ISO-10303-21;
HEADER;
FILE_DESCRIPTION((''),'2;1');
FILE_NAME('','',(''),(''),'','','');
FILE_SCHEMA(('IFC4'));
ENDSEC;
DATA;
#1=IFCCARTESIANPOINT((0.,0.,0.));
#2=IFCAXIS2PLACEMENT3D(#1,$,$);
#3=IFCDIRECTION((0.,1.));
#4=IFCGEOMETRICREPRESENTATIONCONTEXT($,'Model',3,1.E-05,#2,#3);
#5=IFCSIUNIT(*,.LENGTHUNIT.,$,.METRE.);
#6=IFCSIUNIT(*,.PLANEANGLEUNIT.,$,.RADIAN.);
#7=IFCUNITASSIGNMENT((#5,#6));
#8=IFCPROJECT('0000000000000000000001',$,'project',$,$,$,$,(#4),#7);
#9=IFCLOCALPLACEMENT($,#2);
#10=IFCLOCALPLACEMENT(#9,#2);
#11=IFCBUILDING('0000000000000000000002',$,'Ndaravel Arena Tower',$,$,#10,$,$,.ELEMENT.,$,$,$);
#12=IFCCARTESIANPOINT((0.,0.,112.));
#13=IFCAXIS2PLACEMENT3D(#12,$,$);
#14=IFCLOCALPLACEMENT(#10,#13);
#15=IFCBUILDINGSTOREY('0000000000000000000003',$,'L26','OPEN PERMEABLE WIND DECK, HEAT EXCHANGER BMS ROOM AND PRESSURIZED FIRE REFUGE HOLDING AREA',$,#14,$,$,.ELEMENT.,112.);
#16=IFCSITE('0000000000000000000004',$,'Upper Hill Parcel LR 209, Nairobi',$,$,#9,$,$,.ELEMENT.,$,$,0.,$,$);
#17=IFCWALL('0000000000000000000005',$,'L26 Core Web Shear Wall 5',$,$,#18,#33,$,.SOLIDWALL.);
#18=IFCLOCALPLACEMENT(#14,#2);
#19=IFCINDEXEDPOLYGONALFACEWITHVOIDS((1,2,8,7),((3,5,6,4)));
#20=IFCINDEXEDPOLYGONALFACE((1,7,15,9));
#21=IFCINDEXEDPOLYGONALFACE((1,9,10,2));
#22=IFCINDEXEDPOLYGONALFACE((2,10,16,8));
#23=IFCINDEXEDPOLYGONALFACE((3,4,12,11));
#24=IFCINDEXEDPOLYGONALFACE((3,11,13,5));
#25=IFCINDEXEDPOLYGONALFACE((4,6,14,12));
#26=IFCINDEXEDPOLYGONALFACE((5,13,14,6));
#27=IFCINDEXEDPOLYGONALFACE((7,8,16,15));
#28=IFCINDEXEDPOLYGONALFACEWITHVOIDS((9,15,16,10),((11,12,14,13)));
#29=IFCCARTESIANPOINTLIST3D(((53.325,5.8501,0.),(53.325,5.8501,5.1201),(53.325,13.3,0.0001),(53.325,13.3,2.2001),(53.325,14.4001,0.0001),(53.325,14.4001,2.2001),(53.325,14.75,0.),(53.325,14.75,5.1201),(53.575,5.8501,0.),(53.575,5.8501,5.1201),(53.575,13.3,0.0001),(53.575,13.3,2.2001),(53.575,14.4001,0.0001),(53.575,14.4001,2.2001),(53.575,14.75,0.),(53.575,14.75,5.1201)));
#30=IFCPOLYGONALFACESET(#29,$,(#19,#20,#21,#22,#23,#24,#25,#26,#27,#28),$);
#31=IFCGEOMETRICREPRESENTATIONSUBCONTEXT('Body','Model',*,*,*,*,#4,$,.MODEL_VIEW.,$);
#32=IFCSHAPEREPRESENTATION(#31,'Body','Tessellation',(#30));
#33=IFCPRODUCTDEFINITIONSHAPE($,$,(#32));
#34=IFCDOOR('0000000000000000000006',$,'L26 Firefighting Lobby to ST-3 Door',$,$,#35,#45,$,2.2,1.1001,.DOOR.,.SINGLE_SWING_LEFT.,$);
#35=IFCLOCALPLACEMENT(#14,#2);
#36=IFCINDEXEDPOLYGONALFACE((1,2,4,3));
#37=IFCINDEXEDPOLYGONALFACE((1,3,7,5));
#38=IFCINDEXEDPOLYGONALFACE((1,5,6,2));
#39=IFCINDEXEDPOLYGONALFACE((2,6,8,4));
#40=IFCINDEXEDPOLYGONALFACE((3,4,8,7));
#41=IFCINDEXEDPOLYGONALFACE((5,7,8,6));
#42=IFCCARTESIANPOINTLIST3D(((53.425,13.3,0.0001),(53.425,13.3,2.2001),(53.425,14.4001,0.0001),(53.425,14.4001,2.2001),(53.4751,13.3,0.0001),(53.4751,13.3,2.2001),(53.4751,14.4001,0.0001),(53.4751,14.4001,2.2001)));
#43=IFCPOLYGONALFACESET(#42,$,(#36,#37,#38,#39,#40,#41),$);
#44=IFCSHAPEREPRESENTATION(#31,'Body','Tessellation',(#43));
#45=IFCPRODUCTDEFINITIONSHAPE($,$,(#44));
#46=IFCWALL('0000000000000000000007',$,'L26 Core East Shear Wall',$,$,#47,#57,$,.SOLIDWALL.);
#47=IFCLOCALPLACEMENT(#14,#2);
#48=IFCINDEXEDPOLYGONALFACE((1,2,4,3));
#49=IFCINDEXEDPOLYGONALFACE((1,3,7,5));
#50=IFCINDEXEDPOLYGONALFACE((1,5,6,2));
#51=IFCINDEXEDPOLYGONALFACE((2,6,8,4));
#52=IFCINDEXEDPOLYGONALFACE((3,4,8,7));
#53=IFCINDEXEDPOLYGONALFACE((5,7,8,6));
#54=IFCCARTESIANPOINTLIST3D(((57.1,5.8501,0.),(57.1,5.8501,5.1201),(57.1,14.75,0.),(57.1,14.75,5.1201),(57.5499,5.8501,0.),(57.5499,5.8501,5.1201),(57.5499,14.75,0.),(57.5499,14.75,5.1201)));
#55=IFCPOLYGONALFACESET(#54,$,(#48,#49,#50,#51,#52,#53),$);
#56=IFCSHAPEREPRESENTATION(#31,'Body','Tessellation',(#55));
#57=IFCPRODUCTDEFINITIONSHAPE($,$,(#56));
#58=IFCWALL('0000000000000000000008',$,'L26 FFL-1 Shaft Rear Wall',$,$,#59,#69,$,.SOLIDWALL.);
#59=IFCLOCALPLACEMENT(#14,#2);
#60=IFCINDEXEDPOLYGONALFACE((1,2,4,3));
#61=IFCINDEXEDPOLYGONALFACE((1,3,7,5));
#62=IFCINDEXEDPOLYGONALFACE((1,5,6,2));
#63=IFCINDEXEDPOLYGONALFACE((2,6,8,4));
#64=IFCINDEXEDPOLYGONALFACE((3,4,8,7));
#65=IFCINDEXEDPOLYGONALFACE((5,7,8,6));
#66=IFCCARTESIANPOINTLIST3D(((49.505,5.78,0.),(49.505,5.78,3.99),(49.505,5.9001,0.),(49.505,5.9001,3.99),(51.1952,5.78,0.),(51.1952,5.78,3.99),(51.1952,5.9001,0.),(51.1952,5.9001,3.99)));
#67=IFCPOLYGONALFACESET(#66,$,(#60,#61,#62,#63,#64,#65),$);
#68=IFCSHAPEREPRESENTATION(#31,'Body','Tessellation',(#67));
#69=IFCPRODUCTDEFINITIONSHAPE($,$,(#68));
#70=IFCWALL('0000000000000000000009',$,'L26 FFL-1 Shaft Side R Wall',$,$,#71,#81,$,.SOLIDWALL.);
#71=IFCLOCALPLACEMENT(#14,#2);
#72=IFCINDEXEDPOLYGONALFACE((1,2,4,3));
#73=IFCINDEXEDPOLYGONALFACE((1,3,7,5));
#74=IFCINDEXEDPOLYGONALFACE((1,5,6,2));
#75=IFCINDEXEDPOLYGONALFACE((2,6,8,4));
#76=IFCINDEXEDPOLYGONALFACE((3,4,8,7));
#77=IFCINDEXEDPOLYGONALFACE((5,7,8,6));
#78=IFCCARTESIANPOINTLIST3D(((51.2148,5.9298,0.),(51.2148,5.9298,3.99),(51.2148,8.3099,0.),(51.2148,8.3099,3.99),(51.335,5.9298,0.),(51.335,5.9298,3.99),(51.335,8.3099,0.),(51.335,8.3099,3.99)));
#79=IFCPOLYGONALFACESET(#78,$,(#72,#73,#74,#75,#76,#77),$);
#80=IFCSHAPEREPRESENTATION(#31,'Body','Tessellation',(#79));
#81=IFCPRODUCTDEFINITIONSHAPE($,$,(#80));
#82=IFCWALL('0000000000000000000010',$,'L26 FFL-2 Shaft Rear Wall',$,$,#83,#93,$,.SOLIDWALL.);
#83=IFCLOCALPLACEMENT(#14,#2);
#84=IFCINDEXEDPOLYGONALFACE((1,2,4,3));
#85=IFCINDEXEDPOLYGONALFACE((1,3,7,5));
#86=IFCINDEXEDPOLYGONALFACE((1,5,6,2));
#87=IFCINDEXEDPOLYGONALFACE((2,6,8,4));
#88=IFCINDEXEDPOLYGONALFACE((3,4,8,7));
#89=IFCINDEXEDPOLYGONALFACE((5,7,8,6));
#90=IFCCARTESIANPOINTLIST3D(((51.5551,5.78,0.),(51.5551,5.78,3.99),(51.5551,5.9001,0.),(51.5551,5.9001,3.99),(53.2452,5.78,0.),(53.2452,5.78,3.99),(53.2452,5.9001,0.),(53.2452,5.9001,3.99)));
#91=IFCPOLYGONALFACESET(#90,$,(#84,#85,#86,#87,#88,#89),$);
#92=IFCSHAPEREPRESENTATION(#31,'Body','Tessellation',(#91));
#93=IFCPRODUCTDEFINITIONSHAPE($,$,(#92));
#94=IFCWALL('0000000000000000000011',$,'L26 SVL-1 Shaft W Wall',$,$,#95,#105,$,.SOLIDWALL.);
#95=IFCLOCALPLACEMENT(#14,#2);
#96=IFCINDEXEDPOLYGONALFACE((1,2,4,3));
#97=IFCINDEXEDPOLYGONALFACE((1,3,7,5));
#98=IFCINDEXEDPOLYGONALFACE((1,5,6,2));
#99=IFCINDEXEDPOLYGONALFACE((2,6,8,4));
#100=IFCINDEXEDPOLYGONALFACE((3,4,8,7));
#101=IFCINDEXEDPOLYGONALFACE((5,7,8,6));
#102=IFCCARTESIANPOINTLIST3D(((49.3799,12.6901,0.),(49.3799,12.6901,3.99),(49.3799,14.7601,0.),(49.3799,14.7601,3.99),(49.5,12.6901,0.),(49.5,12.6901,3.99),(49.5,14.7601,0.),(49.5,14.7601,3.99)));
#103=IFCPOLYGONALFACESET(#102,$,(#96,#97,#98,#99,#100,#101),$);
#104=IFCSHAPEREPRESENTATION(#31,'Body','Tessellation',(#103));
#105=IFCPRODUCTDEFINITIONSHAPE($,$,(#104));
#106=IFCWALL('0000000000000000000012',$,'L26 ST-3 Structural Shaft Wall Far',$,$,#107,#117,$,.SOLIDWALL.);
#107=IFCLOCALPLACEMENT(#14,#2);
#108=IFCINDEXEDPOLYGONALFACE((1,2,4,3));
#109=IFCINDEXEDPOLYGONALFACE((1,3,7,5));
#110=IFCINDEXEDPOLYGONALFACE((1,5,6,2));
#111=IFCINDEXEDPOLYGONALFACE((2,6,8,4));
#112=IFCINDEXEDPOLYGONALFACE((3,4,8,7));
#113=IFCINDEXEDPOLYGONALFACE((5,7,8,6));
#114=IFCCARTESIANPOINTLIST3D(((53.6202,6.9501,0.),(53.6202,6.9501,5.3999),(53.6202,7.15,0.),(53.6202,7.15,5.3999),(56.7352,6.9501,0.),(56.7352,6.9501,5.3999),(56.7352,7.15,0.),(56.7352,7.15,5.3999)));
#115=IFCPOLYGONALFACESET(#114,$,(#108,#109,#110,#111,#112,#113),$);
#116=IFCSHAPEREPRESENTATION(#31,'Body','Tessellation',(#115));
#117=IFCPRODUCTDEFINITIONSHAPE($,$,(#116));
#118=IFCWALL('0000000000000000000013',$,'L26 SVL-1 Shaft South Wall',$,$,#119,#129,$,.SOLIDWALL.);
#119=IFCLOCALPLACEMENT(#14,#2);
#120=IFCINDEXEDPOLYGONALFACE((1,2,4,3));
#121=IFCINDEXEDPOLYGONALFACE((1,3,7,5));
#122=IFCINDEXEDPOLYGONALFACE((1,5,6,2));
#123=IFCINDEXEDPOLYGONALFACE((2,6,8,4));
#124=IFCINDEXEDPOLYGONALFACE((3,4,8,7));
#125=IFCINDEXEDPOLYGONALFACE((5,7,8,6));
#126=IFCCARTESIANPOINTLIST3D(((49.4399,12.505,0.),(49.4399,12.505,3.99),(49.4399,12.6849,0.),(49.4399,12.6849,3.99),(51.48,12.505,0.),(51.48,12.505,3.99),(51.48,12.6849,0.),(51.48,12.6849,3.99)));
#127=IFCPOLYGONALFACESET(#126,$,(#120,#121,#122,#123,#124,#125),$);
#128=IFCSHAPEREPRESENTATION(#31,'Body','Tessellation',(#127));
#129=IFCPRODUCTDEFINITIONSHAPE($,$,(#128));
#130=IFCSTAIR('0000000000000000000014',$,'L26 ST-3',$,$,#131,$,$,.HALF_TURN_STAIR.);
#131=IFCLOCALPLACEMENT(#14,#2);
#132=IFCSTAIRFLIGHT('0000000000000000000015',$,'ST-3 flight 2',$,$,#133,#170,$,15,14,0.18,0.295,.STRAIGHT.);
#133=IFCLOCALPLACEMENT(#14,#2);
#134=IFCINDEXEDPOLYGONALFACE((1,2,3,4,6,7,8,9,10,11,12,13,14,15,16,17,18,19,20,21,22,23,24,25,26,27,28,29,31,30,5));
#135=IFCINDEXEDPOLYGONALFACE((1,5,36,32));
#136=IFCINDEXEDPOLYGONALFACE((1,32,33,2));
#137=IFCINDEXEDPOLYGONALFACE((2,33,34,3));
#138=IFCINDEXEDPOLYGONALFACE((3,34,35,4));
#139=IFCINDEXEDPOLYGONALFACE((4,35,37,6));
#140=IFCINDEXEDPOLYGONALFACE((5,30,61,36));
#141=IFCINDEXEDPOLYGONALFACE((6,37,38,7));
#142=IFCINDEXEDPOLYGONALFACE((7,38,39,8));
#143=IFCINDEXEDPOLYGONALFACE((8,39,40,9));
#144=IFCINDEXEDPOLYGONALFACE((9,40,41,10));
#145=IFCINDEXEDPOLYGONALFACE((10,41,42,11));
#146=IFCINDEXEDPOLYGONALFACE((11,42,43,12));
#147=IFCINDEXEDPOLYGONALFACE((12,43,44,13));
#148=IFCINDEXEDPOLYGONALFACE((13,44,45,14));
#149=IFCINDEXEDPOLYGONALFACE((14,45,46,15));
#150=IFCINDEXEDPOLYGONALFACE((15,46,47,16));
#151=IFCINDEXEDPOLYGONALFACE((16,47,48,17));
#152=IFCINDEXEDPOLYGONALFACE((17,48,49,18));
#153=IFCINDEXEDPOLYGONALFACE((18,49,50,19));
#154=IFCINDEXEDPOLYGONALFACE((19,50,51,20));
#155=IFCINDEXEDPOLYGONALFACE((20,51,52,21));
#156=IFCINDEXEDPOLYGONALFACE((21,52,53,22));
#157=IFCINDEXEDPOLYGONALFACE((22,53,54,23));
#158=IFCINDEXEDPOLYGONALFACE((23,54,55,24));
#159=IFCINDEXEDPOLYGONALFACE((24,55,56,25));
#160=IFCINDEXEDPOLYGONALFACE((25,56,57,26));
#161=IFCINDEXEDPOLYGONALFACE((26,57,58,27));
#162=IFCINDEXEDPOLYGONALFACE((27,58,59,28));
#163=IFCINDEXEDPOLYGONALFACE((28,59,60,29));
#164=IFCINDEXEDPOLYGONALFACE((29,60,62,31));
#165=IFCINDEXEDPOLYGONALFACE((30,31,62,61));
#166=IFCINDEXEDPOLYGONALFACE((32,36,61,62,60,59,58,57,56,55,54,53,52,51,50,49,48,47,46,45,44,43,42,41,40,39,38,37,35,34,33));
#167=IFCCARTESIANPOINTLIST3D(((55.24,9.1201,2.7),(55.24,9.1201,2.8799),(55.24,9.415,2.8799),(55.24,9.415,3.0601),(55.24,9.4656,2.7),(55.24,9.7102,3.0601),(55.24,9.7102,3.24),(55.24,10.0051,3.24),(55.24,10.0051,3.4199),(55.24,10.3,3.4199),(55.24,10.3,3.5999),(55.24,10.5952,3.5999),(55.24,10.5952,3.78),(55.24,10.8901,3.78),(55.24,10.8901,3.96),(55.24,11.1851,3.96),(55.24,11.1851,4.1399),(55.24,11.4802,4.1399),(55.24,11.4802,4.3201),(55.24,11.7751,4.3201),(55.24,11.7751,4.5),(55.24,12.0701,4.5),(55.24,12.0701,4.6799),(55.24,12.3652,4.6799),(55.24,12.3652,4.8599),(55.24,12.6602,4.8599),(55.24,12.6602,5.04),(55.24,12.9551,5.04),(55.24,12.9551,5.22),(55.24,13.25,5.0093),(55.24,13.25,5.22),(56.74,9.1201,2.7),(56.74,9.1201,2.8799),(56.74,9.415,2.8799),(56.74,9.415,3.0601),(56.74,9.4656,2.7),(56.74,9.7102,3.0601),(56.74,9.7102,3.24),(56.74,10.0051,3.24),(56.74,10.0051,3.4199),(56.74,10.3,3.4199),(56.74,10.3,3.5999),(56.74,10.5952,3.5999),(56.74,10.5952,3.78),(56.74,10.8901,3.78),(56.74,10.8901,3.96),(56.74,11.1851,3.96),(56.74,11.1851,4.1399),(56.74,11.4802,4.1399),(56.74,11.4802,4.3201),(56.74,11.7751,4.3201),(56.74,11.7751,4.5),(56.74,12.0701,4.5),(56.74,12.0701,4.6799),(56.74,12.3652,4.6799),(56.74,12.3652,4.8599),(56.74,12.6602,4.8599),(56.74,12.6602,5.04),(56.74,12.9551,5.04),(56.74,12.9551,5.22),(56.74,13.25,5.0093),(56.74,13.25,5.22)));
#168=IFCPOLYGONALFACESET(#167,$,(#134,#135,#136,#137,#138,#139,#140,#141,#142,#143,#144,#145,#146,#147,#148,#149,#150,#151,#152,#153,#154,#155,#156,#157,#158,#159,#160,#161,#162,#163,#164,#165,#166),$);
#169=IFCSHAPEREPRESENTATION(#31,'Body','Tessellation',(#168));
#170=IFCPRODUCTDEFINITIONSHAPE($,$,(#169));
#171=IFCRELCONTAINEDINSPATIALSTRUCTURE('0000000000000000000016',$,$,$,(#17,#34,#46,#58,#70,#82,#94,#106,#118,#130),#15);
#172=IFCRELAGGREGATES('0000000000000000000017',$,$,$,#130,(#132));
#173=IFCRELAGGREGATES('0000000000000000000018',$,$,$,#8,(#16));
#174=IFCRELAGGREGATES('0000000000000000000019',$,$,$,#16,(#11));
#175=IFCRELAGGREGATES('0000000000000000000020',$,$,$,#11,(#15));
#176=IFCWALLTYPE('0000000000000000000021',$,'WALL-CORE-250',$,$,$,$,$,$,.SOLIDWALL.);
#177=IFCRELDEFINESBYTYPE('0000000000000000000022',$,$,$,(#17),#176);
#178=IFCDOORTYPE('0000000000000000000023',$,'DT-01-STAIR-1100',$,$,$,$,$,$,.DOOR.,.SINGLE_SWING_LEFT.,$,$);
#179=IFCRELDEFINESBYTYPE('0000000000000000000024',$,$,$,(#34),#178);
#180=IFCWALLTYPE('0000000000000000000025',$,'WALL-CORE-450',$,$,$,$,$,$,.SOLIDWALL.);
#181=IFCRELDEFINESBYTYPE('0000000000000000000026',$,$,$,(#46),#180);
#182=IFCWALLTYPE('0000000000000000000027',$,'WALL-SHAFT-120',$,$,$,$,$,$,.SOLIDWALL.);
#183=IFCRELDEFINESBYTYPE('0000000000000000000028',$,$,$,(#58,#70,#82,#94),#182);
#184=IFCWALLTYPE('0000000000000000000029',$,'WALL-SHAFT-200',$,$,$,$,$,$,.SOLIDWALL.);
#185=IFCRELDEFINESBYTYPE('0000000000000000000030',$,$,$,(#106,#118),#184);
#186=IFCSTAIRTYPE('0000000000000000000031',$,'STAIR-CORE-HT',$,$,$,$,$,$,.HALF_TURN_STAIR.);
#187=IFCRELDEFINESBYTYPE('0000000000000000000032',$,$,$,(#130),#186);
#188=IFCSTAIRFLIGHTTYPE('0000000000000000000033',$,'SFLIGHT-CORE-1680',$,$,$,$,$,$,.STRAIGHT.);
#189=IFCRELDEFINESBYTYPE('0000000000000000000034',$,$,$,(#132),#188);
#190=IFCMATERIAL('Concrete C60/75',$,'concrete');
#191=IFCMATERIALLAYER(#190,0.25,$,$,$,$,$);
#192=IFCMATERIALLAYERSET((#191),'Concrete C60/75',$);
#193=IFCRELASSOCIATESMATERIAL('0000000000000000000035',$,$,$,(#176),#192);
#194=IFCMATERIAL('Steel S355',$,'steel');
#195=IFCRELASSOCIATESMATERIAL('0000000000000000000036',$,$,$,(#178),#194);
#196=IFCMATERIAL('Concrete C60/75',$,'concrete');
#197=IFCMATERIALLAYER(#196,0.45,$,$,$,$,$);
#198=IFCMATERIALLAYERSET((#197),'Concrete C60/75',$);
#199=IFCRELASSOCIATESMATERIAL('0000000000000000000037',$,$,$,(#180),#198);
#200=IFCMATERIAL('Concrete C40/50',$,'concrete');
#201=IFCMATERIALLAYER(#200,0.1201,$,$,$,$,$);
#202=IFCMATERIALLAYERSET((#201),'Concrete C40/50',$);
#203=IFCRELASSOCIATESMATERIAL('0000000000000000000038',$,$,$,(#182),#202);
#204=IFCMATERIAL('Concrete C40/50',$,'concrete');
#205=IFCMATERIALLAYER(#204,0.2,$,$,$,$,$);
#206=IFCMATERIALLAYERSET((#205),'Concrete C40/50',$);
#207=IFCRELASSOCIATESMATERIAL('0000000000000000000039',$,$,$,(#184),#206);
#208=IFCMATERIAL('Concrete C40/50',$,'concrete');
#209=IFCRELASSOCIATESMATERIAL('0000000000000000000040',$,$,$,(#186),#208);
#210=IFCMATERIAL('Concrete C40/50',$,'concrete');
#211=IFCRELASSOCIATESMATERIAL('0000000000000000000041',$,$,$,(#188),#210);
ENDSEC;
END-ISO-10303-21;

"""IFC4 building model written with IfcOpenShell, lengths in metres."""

from ifc_helpers import new_model, si_unit, direction, frame, frame_2d, origin, place, context, subcontext, project, spatial, polyline, rectangle, outline, extrude, material, layer, layer_set, type_object, element, fill, aggregate, save


model = new_model("IFC4")

# Units and contexts
model_context = context("Model", 3, precision=1e-05, world=origin(), true_north=direction((0.0, 1.0)))
body_context = subcontext(model_context, "Body", "Model", "MODEL_VIEW")
ifc_project = project(units=[si_unit("LENGTHUNIT", "METRE"), si_unit("PLANEANGLEUNIT", "RADIAN")], contexts=[model_context])

# Site, building, storey
site_placement = place(None, origin())
site = spatial("IfcSite", under=ifc_project, at=site_placement, Name="Upper Hill Parcel LR 209, Nairobi", CompositionType="ELEMENT", RefElevation=0.0)
building_placement = place(site_placement, origin())
building = spatial("IfcBuilding", under=site, at=building_placement, Name="Ndaravel Arena Tower", CompositionType="ELEMENT")
storey_placement = place(building_placement, frame((0.0, 0.0, 112.0)))
storey = spatial("IfcBuildingStorey", under=building, at=storey_placement, Name="L26", Description="OPEN PERMEABLE WIND DECK, HEAT EXCHANGER BMS ROOM AND PRESSURIZED FIRE REFUGE HOLDING AREA", CompositionType="ELEMENT", Elevation=112.0)

# Wall, opening, door
ifc_material_1 = material(Name="Concrete C60/75", Category="concrete")
ifc_layer_1 = layer(ifc_material_1, 0.25)
ifc_layer_set_1 = layer_set([ifc_layer_1], Name="Concrete C60/75")
wall_type_1 = type_object("IfcWallType", Name="WALL-CORE-250", PredefinedType="SOLIDWALL", material=ifc_layer_set_1)
wall_1_placement = place(storey_placement, frame((53.45, 5.8501, 0.0), z_axis=(0.0, 0.0, 1.0), x_axis=(0.0, 1.0, 0.0)))
wall_1 = element("IfcWall", 1, at=wall_1_placement, inside=storey, type_object=wall_type_1, Name="L26 Core Web Shear Wall 5", PredefinedType="SOLIDWALL", context=body_context, shape_type="SweptSolid", body=[
    extrude(rectangle(XDim=8.8999, YDim=0.25, at=frame_2d((4.45, 0.0))), origin(), (0.0, 0.0, 1.0), 5.1201),
])
opening_1_placement = place(wall_1_placement, frame((7.45, 0.0, 0.0)))
opening_1 = element("IfcOpeningElement", 2, at=opening_1_placement, cuts=wall_1, PredefinedType="OPENING", context=body_context, shape_type="SweptSolid", body=[
    extrude(rectangle(XDim=1.1001, YDim=2.2, at=frame_2d((0.55, 1.1001))), frame((0.0, 0.125, 0.0), z_axis=(0.0, -1.0, 0.0), x_axis=(1.0, 0.0, 0.0)), (0.0, 0.0, 1.0), 0.25),
])
ifc_material_2 = material(Name="Steel S355", Category="steel")
door_type_1 = type_object("IfcDoorType", Name="DT-01-STAIR-1100", OperationType="SINGLE_SWING_LEFT", PredefinedType="DOOR", material=ifc_material_2)
door_1_placement = place(opening_1_placement, origin())
door_1 = element("IfcDoor", 3, at=door_1_placement, inside=storey, type_object=door_type_1, Name="L26 Firefighting Lobby to ST-3 Door", OperationType="SINGLE_SWING_LEFT", OverallHeight=2.2, OverallWidth=1.1001, PredefinedType="DOOR", context=body_context, shape_type="SweptSolid", body=[
    extrude(rectangle(XDim=1.1001, YDim=2.2, at=frame_2d((0.55, 1.1001))), frame((0.0, 0.0249, 0.0), z_axis=(0.0, -1.0, 0.0), x_axis=(1.0, 0.0, 0.0)), (0.0, 0.0, 1.0), 0.05),
])
fill(opening_1, door_1)

# Walls
ifc_material_3 = material(Name="Concrete C60/75", Category="concrete")
ifc_layer_2 = layer(ifc_material_3, 0.45)
ifc_layer_set_2 = layer_set([ifc_layer_2], Name="Concrete C60/75")
wall_type_2 = type_object("IfcWallType", Name="WALL-CORE-450", PredefinedType="SOLIDWALL", material=ifc_layer_set_2)
wall_2_placement = place(storey_placement, frame((57.325, 5.8501, 0.0), z_axis=(0.0, 0.0, 1.0), x_axis=(0.0, 1.0, 0.0)))
element("IfcWall", 4, at=wall_2_placement, inside=storey, type_object=wall_type_2, Name="L26 Core East Shear Wall", PredefinedType="SOLIDWALL", context=body_context, shape_type="SweptSolid", body=[
    extrude(rectangle(XDim=8.8999, YDim=0.45, at=frame_2d((4.45, 0.0))), origin(), (0.0, 0.0, 1.0), 5.1201),
])
ifc_material_4 = material(Name="Concrete C40/50", Category="concrete")
ifc_layer_3 = layer(ifc_material_4, 0.1201)
ifc_layer_set_3 = layer_set([ifc_layer_3], Name="Concrete C40/50")
wall_type_3 = type_object("IfcWallType", Name="WALL-SHAFT-120", PredefinedType="SOLIDWALL", material=ifc_layer_set_3)
wall_3_placement = place(storey_placement, frame((49.5049, 5.8401, 0.0), z_axis=(0.0, 0.0, 1.0), x_axis=(1.0, 0.0, 0.0)))
element("IfcWall", 5, at=wall_3_placement, inside=storey, type_object=wall_type_3, Name="L26 FFL-1 Shaft Rear Wall", PredefinedType="SOLIDWALL", context=body_context, shape_type="SweptSolid", body=[
    extrude(rectangle(XDim=1.6902, YDim=0.1201, at=frame_2d((0.8452, 0.0))), origin(), (0.0, 0.0, 1.0), 3.99),
])
wall_4_placement = place(storey_placement, frame((51.2749, 5.9299, 0.0), z_axis=(0.0, 0.0, 1.0), x_axis=(0.0, 1.0, 0.0)))
element("IfcWall", 6, at=wall_4_placement, inside=storey, type_object=wall_type_3, Name="L26 FFL-1 Shaft Side R Wall", PredefinedType="SOLIDWALL", context=body_context, shape_type="SweptSolid", body=[
    extrude(rectangle(XDim=2.3801, YDim=0.1201, at=frame_2d((1.1899, 0.0))), origin(), (0.0, 0.0, 1.0), 3.99),
])
wall_5_placement = place(storey_placement, frame((51.5549, 5.8401, 0.0), z_axis=(0.0, 0.0, 1.0), x_axis=(1.0, 0.0, 0.0)))
element("IfcWall", 7, at=wall_5_placement, inside=storey, type_object=wall_type_3, Name="L26 FFL-2 Shaft Rear Wall", PredefinedType="SOLIDWALL", context=body_context, shape_type="SweptSolid", body=[
    extrude(rectangle(XDim=1.6902, YDim=0.1201, at=frame_2d((0.8452, 0.0))), origin(), (0.0, 0.0, 1.0), 3.99),
])
wall_6_placement = place(storey_placement, frame((49.4399, 12.6899, 0.0), z_axis=(0.0, 0.0, 1.0), x_axis=(0.0, 1.0, 0.0)))
element("IfcWall", 8, at=wall_6_placement, inside=storey, type_object=wall_type_3, Name="L26 SVL-1 Shaft W Wall", PredefinedType="SOLIDWALL", context=body_context, shape_type="SweptSolid", body=[
    extrude(rectangle(XDim=2.0701, YDim=0.1201, at=frame_2d((1.0352, 0.0))), origin(), (0.0, 0.0, 1.0), 3.99),
])
ifc_material_5 = material(Name="Concrete C40/50", Category="concrete")
ifc_layer_4 = layer(ifc_material_5, 0.2)
ifc_layer_set_4 = layer_set([ifc_layer_4], Name="Concrete C40/50")
wall_type_4 = type_object("IfcWallType", Name="WALL-SHAFT-200", PredefinedType="SOLIDWALL", material=ifc_layer_set_4)
wall_7_placement = place(storey_placement, frame((53.6201, 7.05, 0.0), z_axis=(0.0, 0.0, 1.0), x_axis=(1.0, 0.0, 0.0)))
element("IfcWall", 9, at=wall_7_placement, inside=storey, type_object=wall_type_4, Name="L26 ST-3 Structural Shaft Wall Far", PredefinedType="SOLIDWALL", context=body_context, shape_type="SweptSolid", body=[
    extrude(rectangle(XDim=3.115, YDim=0.2, at=frame_2d((1.5576, 0.0))), origin(), (0.0, 0.0, 1.0), 5.3999),
])

# Wall
wall_8_placement = place(storey_placement, frame((49.4399, 12.595, 0.0), z_axis=(0.0, 0.0, 1.0), x_axis=(1.0, 0.0, 0.0)))
element("IfcWall", 10, at=wall_8_placement, inside=storey, type_object=wall_type_4, Name="L26 SVL-1 Shaft South Wall", PredefinedType="SOLIDWALL", context=body_context, shape_type="SweptSolid", body=[
    extrude(rectangle(XDim=2.04, YDim=0.1799, at=frame_2d((1.02, 0.0))), origin(), (0.0, 0.0, 1.0), 3.99),
])

# Stair, stair flight
ifc_material_6 = material(Name="Concrete C40/50", Category="concrete")
stair_type = type_object("IfcStairType", Name="STAIR-CORE-HT", PredefinedType="HALF_TURN_STAIR", material=ifc_material_6)
stair_placement = place(storey_placement, origin())
stair = element("IfcStair", 11, at=stair_placement, inside=storey, type_object=stair_type, Name="L26 ST-3", PredefinedType="HALF_TURN_STAIR")
ifc_material_7 = material(Name="Concrete C40/50", Category="concrete")
stair_flight_type = type_object("IfcStairFlightType", Name="SFLIGHT-CORE-1680", PredefinedType="STRAIGHT", material=ifc_material_7)
stair_flight_placement = place(storey_placement, frame((55.99, 9.1201, 2.7), z_axis=(0.0, 0.0, 1.0), x_axis=(0.0, 1.0, 0.0)))
stair_flight = element("IfcStairFlight", 12, at=stair_flight_placement, type_object=stair_flight_type, Name="ST-3 flight 2", NumberOfRisers=15, NumberOfTreads=14, PredefinedType="STRAIGHT", RiserHeight=0.18, TreadLength=0.295, context=body_context, shape_type="SweptSolid", body=[
    extrude(outline(polyline([(0.0, 0.0), (0.0, 0.1799), (0.2949, 0.1799), (0.2949, 0.3601), (0.5901, 0.3601), (0.5901, 0.54), (0.885, 0.54), (0.885, 0.72), (1.1799, 0.72), (1.1799, 0.8999), (1.4751, 0.8999), (1.4751, 1.0801), (1.77, 1.0801), (1.77, 1.26), (2.0649, 1.26), (2.0649, 1.4399), (2.3601, 1.4399), (2.3601, 1.6201), (2.655, 1.6201), (2.655, 1.8), (2.95, 1.8), (2.95, 1.98), (3.2451, 1.98), (3.2451, 2.1599), (3.54, 2.1599), (3.54, 2.3401), (3.835, 2.3401), (3.835, 2.52), (4.1299, 2.52), (4.1299, 2.7), (4.1299, 2.3093), (0.3455, 0.0), (0.0, 0.0)])), frame((0.0, 0.75, 0.0), z_axis=(0.0, -1.0, 0.0), x_axis=(1.0, 0.0, 0.0)), (0.0, 0.0, 1.0), 1.5),
])
aggregate(stair, [stair_flight])

save(model, "model.ifc")
